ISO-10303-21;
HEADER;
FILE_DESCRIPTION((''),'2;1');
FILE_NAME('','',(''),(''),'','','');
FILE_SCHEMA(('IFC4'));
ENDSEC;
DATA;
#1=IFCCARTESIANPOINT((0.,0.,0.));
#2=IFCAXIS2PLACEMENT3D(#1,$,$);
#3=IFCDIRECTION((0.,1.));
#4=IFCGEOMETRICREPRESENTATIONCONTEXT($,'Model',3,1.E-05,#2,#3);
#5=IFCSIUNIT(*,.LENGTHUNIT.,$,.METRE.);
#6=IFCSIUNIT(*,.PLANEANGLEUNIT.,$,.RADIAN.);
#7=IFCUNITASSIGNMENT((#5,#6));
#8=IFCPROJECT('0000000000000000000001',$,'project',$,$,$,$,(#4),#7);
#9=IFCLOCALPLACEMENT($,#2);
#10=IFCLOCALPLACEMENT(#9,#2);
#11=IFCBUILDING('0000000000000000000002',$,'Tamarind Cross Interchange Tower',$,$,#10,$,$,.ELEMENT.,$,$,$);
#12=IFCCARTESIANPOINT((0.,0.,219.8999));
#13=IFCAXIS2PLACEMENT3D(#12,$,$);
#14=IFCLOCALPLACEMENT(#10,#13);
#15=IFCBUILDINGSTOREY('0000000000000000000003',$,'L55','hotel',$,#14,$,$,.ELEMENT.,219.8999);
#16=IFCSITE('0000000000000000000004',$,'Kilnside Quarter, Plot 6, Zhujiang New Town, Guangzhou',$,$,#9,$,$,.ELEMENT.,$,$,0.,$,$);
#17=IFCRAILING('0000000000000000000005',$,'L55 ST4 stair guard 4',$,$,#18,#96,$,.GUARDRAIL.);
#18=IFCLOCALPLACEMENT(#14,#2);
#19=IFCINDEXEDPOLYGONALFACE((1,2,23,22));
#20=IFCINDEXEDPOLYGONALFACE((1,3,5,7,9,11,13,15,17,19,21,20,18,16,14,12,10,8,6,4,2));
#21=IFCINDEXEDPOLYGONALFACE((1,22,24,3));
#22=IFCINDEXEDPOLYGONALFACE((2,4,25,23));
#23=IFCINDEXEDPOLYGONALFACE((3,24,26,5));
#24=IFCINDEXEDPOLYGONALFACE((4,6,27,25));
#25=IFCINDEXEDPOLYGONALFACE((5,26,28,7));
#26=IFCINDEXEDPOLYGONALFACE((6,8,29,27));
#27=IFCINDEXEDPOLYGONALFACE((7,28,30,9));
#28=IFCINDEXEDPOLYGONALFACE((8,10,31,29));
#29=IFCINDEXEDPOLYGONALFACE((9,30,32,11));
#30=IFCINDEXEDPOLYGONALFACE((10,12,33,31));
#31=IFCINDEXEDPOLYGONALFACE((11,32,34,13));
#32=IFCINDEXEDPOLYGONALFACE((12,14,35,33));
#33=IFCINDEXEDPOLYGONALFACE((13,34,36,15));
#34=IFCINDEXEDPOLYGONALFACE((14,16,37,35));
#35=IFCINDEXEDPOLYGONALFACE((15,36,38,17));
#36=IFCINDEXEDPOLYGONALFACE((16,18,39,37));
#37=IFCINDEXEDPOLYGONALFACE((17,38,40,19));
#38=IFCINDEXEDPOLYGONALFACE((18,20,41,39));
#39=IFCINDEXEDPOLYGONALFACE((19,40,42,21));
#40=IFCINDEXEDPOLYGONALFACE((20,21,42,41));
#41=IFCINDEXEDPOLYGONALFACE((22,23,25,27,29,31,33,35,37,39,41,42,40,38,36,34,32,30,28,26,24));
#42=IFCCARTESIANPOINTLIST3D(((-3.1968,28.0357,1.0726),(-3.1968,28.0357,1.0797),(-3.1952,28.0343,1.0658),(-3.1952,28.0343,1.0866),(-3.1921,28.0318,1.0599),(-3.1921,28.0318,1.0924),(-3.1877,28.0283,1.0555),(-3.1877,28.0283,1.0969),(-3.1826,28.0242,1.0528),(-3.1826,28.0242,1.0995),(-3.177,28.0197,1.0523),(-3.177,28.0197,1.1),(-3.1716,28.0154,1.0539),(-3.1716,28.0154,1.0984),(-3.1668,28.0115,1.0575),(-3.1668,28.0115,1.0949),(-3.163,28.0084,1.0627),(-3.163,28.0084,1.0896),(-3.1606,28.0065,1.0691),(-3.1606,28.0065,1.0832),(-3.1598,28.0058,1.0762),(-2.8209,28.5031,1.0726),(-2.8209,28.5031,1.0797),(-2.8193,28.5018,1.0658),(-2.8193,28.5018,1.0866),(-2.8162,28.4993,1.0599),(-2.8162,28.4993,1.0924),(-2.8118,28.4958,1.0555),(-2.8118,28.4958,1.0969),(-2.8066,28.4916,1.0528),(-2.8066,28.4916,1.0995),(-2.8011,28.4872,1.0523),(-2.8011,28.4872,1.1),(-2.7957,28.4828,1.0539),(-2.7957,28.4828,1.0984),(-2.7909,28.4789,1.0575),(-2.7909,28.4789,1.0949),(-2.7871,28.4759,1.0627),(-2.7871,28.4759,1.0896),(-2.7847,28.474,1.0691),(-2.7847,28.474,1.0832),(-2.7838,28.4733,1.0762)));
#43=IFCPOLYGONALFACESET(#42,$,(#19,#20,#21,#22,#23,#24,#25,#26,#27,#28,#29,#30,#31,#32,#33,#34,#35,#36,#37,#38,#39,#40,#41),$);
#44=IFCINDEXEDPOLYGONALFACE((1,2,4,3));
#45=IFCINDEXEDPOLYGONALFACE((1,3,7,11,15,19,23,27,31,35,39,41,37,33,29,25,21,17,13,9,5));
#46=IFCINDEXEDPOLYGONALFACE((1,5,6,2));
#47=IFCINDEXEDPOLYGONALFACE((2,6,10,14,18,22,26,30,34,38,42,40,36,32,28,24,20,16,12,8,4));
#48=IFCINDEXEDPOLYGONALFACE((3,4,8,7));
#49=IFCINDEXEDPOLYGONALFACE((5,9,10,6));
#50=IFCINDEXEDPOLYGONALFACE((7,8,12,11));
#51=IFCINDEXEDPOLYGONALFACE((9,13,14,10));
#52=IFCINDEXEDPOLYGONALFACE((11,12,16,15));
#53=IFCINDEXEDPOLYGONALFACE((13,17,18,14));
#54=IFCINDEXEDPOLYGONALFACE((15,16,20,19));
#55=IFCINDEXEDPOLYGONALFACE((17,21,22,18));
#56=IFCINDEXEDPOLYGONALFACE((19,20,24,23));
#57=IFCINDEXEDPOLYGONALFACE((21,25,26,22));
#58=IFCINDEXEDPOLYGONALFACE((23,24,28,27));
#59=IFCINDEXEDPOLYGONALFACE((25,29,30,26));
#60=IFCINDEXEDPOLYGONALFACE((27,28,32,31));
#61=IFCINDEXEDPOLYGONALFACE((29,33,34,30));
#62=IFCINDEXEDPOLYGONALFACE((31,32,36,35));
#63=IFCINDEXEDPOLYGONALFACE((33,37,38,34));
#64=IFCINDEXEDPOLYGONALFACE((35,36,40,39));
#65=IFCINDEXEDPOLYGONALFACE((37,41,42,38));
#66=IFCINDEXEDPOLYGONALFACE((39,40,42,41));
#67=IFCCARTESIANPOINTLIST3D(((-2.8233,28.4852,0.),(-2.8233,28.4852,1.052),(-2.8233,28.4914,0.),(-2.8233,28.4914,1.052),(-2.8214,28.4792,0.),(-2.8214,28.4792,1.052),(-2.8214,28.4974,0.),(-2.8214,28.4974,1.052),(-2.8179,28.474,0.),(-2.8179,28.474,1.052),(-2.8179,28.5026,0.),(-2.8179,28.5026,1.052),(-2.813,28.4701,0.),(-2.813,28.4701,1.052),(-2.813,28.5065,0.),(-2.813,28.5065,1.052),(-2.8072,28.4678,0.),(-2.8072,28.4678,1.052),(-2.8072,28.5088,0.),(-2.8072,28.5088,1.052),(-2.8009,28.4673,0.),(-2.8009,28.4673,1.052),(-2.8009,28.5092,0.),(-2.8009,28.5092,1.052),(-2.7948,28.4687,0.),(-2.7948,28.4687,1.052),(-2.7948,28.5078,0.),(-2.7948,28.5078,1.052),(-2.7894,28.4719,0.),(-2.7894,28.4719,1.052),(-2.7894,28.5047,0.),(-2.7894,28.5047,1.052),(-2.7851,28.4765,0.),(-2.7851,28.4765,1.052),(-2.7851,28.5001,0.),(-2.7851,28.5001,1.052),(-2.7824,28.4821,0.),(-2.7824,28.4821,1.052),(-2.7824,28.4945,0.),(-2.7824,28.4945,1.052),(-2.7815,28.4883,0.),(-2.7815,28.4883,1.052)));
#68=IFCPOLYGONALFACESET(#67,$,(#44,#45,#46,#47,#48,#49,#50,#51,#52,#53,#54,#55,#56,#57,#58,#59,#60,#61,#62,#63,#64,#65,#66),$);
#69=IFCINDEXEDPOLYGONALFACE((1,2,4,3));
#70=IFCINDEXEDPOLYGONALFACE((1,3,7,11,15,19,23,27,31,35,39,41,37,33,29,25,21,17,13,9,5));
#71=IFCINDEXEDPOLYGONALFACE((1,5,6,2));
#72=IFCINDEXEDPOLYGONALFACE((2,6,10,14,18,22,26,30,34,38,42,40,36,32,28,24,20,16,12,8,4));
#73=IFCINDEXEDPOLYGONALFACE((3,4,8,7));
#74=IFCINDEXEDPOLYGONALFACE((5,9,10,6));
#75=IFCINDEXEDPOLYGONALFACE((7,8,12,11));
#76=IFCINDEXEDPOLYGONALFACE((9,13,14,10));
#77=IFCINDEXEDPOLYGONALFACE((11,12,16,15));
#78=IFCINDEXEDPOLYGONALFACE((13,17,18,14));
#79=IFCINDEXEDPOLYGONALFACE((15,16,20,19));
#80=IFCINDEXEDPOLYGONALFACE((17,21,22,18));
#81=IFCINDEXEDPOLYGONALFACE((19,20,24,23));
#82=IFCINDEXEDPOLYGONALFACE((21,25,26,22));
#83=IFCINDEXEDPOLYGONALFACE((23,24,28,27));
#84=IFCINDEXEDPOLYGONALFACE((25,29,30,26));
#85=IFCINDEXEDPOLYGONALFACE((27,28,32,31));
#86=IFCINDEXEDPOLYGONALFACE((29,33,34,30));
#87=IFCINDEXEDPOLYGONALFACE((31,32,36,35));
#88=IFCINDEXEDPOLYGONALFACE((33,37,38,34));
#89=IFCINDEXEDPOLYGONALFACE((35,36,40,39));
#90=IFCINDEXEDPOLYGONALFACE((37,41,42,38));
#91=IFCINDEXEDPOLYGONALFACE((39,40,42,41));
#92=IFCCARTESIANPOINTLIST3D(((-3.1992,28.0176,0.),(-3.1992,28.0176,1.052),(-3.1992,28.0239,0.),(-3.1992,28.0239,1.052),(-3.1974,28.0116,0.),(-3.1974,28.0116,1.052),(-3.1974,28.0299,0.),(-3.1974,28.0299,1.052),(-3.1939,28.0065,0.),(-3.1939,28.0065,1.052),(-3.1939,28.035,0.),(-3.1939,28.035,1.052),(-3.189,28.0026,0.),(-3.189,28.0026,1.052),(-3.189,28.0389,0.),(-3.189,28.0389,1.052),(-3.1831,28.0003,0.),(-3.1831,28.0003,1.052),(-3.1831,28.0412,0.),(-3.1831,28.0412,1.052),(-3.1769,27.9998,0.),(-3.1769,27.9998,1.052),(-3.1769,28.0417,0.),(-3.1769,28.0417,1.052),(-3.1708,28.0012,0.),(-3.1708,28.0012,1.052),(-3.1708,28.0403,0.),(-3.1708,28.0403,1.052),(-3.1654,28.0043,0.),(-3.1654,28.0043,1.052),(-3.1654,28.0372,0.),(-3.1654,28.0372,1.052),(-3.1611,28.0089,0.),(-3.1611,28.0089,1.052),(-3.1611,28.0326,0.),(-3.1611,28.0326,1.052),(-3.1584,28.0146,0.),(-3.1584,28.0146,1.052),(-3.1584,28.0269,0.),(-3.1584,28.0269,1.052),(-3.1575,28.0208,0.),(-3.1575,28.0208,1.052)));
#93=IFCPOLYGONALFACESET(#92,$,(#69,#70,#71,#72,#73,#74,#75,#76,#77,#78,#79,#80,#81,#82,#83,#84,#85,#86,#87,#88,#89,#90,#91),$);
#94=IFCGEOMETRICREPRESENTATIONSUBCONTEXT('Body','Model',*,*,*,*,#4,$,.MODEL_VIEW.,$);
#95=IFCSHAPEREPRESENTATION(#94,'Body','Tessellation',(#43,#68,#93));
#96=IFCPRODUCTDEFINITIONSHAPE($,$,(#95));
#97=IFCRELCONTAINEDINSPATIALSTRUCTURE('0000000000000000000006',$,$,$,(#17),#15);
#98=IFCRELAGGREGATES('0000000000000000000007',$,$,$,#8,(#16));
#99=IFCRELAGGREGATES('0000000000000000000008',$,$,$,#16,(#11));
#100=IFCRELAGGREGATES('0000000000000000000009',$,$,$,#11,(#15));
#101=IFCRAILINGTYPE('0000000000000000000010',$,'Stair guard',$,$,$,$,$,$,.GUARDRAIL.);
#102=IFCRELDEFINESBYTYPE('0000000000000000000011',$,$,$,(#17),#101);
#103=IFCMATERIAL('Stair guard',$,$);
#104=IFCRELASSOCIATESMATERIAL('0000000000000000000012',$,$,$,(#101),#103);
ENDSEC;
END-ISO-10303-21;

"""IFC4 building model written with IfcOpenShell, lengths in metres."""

from ifc_helpers import new_model, si_unit, direction, frame, origin, origin_2d, place, context, subcontext, project, spatial, circle, extrude, material, type_object, element, save


model = new_model("IFC4")

# Units and contexts
model_context = context("Model", 3, precision=1e-05, world=origin(), true_north=direction((0.0, 1.0)))
body_context = subcontext(model_context, "Body", "Model", "MODEL_VIEW")
ifc_project = project(units=[si_unit("LENGTHUNIT", "METRE"), si_unit("PLANEANGLEUNIT", "RADIAN")], contexts=[model_context])

# Site, building, storey
site_placement = place(None, origin())
site = spatial("IfcSite", under=ifc_project, at=site_placement, Name="Kilnside Quarter, Plot 6, Zhujiang New Town, Guangzhou", CompositionType="ELEMENT", RefElevation=0.0)
building_placement = place(site_placement, origin())
building = spatial("IfcBuilding", under=site, at=building_placement, Name="Tamarind Cross Interchange Tower", CompositionType="ELEMENT")
storey_placement = place(building_placement, frame((0.0, 0.0, 219.8999)))
storey = spatial("IfcBuildingStorey", under=building, at=storey_placement, Name="L55", Description="hotel", CompositionType="ELEMENT", Elevation=219.8999)

# Railing
ifc_material_1 = material(Name="Stair guard")
railing_type_1 = type_object("IfcRailingType", Name="Stair guard", PredefinedType="GUARDRAIL", material=ifc_material_1)
railing_1_placement = place(storey_placement, frame((-2.8025, 28.4883, 0.0)))
element("IfcRailing", 1, at=railing_1_placement, inside=storey, type_object=railing_type_1, Name="L55 ST4 stair guard 4", PredefinedType="GUARDRAIL", context=body_context, shape_type="SweptSolid", body=[
    extrude(circle(Radius=0.0239, at=origin_2d()), frame((0.0, 0.0, 1.0762), z_axis=(-0.626678, -0.779278, 0.0), x_axis=(0.779278, -0.626678, 0.0)), (0.0, 0.0, 1.0), 0.5999),
    extrude(circle(Radius=0.021, at=origin_2d()), origin(), (0.0, 0.0, 1.0), 1.052),
    extrude(circle(Radius=0.021, at=origin_2d()), frame((-0.376, -0.4675, 0.0)), (0.0, 0.0, 1.0), 1.052),
])

save(model, "model.ifc")
